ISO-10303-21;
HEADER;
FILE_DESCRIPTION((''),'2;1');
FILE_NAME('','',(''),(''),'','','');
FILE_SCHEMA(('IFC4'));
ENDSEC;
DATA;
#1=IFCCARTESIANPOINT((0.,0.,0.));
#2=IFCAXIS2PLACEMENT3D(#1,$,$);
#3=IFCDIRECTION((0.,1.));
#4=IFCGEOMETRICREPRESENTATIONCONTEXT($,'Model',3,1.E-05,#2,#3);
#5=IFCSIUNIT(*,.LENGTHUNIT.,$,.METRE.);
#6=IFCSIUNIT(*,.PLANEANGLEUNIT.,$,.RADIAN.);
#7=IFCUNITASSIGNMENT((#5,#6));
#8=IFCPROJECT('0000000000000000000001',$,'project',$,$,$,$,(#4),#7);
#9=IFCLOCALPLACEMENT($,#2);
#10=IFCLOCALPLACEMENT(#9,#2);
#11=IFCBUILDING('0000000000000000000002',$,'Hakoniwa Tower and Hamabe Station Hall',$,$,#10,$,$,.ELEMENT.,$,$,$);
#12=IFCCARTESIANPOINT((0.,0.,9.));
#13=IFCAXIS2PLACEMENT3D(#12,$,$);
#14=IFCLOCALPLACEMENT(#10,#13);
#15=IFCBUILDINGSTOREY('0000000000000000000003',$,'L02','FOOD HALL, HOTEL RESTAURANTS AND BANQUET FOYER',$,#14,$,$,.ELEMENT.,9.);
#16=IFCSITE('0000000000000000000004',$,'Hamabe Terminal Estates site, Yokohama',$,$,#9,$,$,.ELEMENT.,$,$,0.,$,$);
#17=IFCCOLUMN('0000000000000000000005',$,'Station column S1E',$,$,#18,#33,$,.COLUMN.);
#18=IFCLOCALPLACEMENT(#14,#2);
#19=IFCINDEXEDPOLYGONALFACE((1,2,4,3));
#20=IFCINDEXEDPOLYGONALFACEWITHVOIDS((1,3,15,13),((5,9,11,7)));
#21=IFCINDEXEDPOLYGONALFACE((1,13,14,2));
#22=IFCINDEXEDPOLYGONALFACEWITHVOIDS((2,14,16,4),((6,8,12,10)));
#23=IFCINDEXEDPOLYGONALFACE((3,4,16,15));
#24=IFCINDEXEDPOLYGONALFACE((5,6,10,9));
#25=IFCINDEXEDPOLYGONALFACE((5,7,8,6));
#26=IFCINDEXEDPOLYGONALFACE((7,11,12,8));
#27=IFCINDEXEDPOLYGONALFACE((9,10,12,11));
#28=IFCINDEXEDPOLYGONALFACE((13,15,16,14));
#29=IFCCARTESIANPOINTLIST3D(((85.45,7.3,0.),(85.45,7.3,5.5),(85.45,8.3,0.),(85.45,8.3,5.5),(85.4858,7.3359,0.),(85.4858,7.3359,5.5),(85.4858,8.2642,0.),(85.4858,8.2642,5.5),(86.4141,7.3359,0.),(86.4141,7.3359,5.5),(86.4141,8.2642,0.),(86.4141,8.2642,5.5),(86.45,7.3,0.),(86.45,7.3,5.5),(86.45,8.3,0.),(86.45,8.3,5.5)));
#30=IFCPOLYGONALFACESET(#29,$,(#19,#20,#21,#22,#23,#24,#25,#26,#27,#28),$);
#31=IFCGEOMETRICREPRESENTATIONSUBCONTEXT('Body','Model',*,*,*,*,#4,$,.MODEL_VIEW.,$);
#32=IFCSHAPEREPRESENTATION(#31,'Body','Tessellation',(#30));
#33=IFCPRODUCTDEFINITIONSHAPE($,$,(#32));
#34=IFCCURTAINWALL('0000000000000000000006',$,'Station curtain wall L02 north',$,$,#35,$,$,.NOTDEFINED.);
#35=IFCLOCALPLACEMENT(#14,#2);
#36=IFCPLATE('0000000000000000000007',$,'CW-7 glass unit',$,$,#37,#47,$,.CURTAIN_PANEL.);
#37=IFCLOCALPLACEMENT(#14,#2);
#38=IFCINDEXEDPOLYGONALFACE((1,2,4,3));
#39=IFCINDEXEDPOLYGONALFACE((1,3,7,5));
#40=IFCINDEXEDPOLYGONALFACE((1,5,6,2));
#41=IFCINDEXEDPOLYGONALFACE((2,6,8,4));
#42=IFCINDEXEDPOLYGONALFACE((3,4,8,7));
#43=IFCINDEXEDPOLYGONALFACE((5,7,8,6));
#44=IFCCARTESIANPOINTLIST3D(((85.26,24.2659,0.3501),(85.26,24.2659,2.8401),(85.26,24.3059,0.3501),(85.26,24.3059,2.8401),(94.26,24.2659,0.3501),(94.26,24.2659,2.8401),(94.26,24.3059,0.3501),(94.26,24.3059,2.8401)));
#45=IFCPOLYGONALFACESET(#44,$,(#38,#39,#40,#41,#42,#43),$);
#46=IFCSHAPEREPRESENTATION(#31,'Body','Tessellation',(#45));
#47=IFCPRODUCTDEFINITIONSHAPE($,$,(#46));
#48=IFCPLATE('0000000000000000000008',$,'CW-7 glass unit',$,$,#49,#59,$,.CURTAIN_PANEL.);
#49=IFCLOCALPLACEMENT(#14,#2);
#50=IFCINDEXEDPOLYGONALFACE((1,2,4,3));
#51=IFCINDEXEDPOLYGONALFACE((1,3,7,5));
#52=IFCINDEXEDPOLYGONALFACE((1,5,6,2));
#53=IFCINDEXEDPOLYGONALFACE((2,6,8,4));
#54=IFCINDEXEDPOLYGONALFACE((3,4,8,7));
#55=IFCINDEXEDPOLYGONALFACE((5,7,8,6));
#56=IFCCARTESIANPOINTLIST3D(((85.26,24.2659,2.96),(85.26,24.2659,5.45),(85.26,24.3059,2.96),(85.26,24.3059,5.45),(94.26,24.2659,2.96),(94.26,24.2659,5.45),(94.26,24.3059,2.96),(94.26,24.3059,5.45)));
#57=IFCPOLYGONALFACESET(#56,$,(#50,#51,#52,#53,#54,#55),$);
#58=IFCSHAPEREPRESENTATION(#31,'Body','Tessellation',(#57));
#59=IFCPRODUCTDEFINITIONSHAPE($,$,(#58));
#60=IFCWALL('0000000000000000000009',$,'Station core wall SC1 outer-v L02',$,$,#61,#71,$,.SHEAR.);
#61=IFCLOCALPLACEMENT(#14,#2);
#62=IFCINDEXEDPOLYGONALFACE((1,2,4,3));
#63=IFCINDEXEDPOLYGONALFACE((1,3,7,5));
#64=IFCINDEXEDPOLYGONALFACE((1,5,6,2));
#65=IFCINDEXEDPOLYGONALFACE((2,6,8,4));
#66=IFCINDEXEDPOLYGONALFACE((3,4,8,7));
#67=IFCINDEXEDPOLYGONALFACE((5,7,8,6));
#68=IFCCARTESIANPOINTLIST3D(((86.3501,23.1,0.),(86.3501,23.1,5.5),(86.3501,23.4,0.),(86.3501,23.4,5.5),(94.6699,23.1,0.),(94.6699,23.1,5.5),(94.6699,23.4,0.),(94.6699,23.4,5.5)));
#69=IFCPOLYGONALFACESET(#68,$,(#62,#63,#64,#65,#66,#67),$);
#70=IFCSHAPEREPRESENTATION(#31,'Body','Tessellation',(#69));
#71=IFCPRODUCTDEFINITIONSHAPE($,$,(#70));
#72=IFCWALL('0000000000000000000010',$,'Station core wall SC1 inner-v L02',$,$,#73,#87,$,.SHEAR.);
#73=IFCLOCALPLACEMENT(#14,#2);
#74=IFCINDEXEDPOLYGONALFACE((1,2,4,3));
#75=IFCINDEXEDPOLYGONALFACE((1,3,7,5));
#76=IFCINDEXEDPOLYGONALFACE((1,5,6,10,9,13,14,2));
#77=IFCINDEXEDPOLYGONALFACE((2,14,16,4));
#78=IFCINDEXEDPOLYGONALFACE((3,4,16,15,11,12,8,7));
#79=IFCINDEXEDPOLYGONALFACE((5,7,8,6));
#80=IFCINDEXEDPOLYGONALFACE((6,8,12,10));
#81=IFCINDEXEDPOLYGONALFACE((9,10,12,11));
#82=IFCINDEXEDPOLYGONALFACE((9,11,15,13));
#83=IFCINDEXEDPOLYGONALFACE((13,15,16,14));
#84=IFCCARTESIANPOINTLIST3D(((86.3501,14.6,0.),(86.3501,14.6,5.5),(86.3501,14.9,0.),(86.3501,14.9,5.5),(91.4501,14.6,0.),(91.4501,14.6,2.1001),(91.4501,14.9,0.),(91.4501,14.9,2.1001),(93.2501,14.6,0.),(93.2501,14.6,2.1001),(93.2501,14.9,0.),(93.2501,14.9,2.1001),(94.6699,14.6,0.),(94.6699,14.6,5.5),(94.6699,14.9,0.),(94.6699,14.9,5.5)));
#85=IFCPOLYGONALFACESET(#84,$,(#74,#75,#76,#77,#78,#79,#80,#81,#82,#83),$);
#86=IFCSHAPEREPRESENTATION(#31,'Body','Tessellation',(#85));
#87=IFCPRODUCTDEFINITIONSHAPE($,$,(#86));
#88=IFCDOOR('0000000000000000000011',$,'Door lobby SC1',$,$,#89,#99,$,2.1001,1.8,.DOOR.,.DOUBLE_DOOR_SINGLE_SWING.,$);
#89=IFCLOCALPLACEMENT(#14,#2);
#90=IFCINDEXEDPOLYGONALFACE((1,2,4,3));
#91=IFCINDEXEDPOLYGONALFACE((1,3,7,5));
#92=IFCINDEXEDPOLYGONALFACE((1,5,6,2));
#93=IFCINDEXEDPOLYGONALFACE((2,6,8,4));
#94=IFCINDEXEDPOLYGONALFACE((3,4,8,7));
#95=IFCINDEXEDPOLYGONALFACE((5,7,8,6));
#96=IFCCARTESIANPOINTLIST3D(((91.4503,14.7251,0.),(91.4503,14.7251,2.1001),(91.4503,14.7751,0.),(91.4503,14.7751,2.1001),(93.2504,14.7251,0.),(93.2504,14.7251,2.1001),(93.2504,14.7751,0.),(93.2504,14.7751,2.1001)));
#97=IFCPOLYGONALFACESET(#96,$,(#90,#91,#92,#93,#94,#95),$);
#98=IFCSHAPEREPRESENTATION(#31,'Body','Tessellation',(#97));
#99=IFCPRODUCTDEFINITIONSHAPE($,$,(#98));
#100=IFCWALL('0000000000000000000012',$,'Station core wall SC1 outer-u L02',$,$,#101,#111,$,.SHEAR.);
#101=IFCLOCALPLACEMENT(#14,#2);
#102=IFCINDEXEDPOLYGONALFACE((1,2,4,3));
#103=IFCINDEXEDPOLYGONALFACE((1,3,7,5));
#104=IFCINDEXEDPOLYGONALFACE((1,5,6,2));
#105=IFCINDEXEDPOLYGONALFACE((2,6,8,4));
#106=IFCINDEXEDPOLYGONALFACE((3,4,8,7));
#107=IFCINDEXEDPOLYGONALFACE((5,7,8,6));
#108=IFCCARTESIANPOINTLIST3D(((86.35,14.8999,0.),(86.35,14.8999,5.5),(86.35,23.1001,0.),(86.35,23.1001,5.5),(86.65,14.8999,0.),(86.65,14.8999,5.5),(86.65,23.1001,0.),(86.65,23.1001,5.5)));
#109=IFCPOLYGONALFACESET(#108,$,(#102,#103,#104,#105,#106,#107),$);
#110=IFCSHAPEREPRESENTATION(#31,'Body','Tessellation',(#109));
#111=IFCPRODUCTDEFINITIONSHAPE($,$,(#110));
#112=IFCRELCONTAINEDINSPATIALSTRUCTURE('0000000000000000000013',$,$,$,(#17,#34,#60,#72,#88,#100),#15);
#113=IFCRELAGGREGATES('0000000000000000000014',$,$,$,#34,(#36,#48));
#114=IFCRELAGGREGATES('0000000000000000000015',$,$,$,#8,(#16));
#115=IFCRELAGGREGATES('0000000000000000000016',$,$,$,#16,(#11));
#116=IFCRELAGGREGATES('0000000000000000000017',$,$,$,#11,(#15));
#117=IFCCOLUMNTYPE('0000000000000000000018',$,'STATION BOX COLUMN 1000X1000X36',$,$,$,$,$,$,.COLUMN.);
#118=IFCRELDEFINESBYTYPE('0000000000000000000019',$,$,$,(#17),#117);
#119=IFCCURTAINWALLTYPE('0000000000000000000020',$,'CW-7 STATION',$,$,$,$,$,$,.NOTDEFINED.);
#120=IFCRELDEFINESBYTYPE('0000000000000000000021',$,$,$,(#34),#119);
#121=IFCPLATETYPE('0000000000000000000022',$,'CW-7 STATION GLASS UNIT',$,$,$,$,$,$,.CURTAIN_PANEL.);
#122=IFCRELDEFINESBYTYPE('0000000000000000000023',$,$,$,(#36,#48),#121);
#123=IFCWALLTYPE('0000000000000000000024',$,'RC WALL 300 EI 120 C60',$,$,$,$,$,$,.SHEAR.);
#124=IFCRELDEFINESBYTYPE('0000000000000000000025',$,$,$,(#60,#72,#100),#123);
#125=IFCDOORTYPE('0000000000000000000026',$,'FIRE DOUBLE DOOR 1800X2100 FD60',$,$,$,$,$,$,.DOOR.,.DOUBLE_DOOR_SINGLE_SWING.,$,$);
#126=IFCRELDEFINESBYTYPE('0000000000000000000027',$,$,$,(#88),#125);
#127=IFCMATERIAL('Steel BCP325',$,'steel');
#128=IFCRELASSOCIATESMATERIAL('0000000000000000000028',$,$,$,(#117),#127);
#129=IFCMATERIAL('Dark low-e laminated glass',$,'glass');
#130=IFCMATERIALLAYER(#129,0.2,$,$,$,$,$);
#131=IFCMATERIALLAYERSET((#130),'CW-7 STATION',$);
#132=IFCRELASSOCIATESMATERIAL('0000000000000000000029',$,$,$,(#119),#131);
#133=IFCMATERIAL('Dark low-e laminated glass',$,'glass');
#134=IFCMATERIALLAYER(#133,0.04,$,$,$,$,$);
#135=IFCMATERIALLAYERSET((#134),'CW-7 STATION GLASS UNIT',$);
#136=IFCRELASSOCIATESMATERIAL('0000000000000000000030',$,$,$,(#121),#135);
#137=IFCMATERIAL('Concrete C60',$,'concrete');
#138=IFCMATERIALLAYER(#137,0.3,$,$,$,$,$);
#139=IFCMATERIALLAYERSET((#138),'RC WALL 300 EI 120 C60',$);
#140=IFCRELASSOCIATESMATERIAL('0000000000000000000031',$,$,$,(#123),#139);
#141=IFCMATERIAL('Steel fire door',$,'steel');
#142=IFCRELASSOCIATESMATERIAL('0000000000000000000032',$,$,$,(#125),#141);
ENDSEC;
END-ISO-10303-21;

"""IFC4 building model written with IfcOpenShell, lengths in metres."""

from ifc_helpers import new_model, si_unit, direction, frame, frame_2d, origin, origin_2d, place, context, subcontext, project, spatial, rectangle, hollow_rectangle, extrude, material, layer, layer_set, material_profile, profile_set, type_object, element, fill, aggregate, save


model = new_model("IFC4")

# Units and contexts
model_context = context("Model", 3, precision=1e-05, world=origin(), true_north=direction((0.0, 1.0)))
body_context = subcontext(model_context, "Body", "Model", "MODEL_VIEW")
ifc_project = project(units=[si_unit("LENGTHUNIT", "METRE"), si_unit("PLANEANGLEUNIT", "RADIAN")], contexts=[model_context])

# Site, building, storey
site_placement = place(None, origin())
site = spatial("IfcSite", under=ifc_project, at=site_placement, Name="Hamabe Terminal Estates site, Yokohama", CompositionType="ELEMENT", RefElevation=0.0)
building_placement = place(site_placement, origin())
building = spatial("IfcBuilding", under=site, at=building_placement, Name="Hakoniwa Tower and Hamabe Station Hall", CompositionType="ELEMENT")
storey_placement = place(building_placement, frame((0.0, 0.0, 9.0)))
storey = spatial("IfcBuildingStorey", under=building, at=storey_placement, Name="L02", Description="FOOD HALL, HOTEL RESTAURANTS AND BANQUET FOYER", CompositionType="ELEMENT", Elevation=9.0)

# Column
ifc_material_1 = material(Name="Steel BCP325", Category="steel")
ifc_material_profile = material_profile(ifc_material_1, hollow_rectangle(XDim=1.0, YDim=1.0, WallThickness=0.0359, at=origin_2d()), Name="STATION BOX COLUMN 1000X1000X36")
ifc_profile_set = profile_set([ifc_material_profile], Name="Steel BCP325")
column_type = type_object("IfcColumnType", Name="STATION BOX COLUMN 1000X1000X36", PredefinedType="COLUMN", material=ifc_profile_set)
column_placement = place(storey_placement, frame((85.95, 7.8, 0.0), z_axis=(0.0, 0.0, 1.0), x_axis=(1.0, 0.0, 0.0)))
element("IfcColumn", 1, at=column_placement, inside=storey, type_object=column_type, Name="Station column S1E", PredefinedType="COLUMN", context=body_context, shape_type="SweptSolid", body=[
    extrude(hollow_rectangle(XDim=1.0, YDim=1.0, WallThickness=0.0359, at=origin_2d()), origin(), (0.0, 0.0, 1.0), 5.5),
])

# Curtain wall, plates
ifc_material_2 = material(Name="Dark low-e laminated glass", Category="glass")
ifc_layer_1 = layer(ifc_material_2, 0.2)
ifc_layer_set_1 = layer_set([ifc_layer_1], Name="CW-7 STATION")
curtain_wall_type = type_object("IfcCurtainWallType", Name="CW-7 STATION", PredefinedType="NOTDEFINED", material=ifc_layer_set_1)
curtain_wall_placement = place(storey_placement, origin())
curtain_wall = element("IfcCurtainWall", 2, at=curtain_wall_placement, inside=storey, type_object=curtain_wall_type, Name="Station curtain wall L02 north", PredefinedType="NOTDEFINED")
ifc_material_3 = material(Name="Dark low-e laminated glass", Category="glass")
ifc_layer_2 = layer(ifc_material_3, 0.04)
ifc_layer_set_2 = layer_set([ifc_layer_2], Name="CW-7 STATION GLASS UNIT")
plate_type = type_object("IfcPlateType", Name="CW-7 STATION GLASS UNIT", PredefinedType="CURTAIN_PANEL", material=ifc_layer_set_2)
plate_1_placement = place(storey_placement, frame((89.76, 24.2859, 0.3501), z_axis=(0.0, 0.0, 1.0), x_axis=(-1.0, 0.0, 0.0)))
plate_1 = element("IfcPlate", 3, at=plate_1_placement, type_object=plate_type, Name="CW-7 glass unit", PredefinedType="CURTAIN_PANEL", context=body_context, shape_type="SweptSolid", body=[
    extrude(rectangle(XDim=9.0, YDim=0.04, at=origin_2d()), origin(), (0.0, 0.0, 1.0), 2.49),
])
plate_2_placement = place(storey_placement, frame((89.76, 24.2859, 2.96), z_axis=(0.0, 0.0, 1.0), x_axis=(-1.0, 0.0, 0.0)))
plate_2 = element("IfcPlate", 4, at=plate_2_placement, type_object=plate_type, Name="CW-7 glass unit", PredefinedType="CURTAIN_PANEL", context=body_context, shape_type="SweptSolid", body=[
    extrude(rectangle(XDim=9.0, YDim=0.04, at=origin_2d()), origin(), (0.0, 0.0, 1.0), 2.49),
])
aggregate(curtain_wall, [plate_1, plate_2])

# Wall
ifc_material_4 = material(Name="Concrete C60", Category="concrete")
ifc_layer_3 = layer(ifc_material_4, 0.3)
ifc_layer_set_3 = layer_set([ifc_layer_3], Name="RC WALL 300 EI 120 C60")
wall_type = type_object("IfcWallType", Name="RC WALL 300 EI 120 C60", PredefinedType="SHEAR", material=ifc_layer_set_3)
wall_1_placement = place(storey_placement, frame((86.3501, 23.25, 0.0), z_axis=(0.0, 0.0, 1.0), x_axis=(1.0, 0.0, 0.0)))
element("IfcWall", 5, at=wall_1_placement, inside=storey, type_object=wall_type, Name="Station core wall SC1 outer-v L02", PredefinedType="SHEAR", context=body_context, shape_type="SweptSolid", body=[
    extrude(rectangle(XDim=8.3198, YDim=0.3, at=frame_2d((4.1599, 0.0))), origin(), (0.0, 0.0, 1.0), 5.5),
])

# Wall, opening, door
wall_2_placement = place(storey_placement, frame((86.3501, 14.75, 0.0), z_axis=(0.0, 0.0, 1.0), x_axis=(1.0, 0.0, 0.0)))
wall_2 = element("IfcWall", 6, at=wall_2_placement, inside=storey, type_object=wall_type, Name="Station core wall SC1 inner-v L02", PredefinedType="SHEAR", context=body_context, shape_type="SweptSolid", body=[
    extrude(rectangle(XDim=8.3198, YDim=0.3, at=frame_2d((4.1599, 0.0))), origin(), (0.0, 0.0, 1.0), 5.5),
])
opening_placement = place(wall_2_placement, frame((5.1001, 0.0, 0.0)))
opening = element("IfcOpeningElement", 7, at=opening_placement, cuts=wall_2, PredefinedType="OPENING", context=body_context, shape_type="SweptSolid", body=[
    extrude(rectangle(XDim=1.8, YDim=2.1001, at=frame_2d((0.8999, 1.05))), frame((0.0, 0.1599, 0.0), z_axis=(0.0, -1.0, 0.0), x_axis=(1.0, 0.0, 0.0)), (0.0, 0.0, 1.0), 0.3201),
])
ifc_material_5 = material(Name="Steel fire door", Category="steel")
door_type = type_object("IfcDoorType", Name="FIRE DOUBLE DOOR 1800X2100 FD60", OperationType="DOUBLE_DOOR_SINGLE_SWING", PredefinedType="DOOR", material=ifc_material_5)
door_placement = place(opening_placement, frame((1.8, 0.0, 0.0), z_axis=(0.0, 0.0, 1.0), x_axis=(-1.0, 0.0, 0.0)))
door = element("IfcDoor", 8, at=door_placement, inside=storey, type_object=door_type, Name="Door lobby SC1", OperationType="DOUBLE_DOOR_SINGLE_SWING", OverallHeight=2.1001, OverallWidth=1.8, PredefinedType="DOOR", context=body_context, shape_type="SweptSolid", body=[
    extrude(rectangle(XDim=1.8, YDim=2.1001, at=frame_2d((0.8999, 1.05))), frame((0.0, 0.0249, 0.0), z_axis=(0.0, -1.0, 0.0), x_axis=(1.0, 0.0, 0.0)), (0.0, 0.0, 1.0), 0.05),
])
fill(opening, door)

# Wall
wall_3_placement = place(storey_placement, frame((86.5, 23.1001, 0.0), z_axis=(0.0, 0.0, 1.0), x_axis=(0.0, -1.0, 0.0)))
element("IfcWall", 9, at=wall_3_placement, inside=storey, type_object=wall_type, Name="Station core wall SC1 outer-u L02", PredefinedType="SHEAR", context=body_context, shape_type="SweptSolid", body=[
    extrude(rectangle(XDim=8.2002, YDim=0.3, at=frame_2d((4.1001, 0.0))), origin(), (0.0, 0.0, 1.0), 5.5),
])

save(model, "model.ifc")
